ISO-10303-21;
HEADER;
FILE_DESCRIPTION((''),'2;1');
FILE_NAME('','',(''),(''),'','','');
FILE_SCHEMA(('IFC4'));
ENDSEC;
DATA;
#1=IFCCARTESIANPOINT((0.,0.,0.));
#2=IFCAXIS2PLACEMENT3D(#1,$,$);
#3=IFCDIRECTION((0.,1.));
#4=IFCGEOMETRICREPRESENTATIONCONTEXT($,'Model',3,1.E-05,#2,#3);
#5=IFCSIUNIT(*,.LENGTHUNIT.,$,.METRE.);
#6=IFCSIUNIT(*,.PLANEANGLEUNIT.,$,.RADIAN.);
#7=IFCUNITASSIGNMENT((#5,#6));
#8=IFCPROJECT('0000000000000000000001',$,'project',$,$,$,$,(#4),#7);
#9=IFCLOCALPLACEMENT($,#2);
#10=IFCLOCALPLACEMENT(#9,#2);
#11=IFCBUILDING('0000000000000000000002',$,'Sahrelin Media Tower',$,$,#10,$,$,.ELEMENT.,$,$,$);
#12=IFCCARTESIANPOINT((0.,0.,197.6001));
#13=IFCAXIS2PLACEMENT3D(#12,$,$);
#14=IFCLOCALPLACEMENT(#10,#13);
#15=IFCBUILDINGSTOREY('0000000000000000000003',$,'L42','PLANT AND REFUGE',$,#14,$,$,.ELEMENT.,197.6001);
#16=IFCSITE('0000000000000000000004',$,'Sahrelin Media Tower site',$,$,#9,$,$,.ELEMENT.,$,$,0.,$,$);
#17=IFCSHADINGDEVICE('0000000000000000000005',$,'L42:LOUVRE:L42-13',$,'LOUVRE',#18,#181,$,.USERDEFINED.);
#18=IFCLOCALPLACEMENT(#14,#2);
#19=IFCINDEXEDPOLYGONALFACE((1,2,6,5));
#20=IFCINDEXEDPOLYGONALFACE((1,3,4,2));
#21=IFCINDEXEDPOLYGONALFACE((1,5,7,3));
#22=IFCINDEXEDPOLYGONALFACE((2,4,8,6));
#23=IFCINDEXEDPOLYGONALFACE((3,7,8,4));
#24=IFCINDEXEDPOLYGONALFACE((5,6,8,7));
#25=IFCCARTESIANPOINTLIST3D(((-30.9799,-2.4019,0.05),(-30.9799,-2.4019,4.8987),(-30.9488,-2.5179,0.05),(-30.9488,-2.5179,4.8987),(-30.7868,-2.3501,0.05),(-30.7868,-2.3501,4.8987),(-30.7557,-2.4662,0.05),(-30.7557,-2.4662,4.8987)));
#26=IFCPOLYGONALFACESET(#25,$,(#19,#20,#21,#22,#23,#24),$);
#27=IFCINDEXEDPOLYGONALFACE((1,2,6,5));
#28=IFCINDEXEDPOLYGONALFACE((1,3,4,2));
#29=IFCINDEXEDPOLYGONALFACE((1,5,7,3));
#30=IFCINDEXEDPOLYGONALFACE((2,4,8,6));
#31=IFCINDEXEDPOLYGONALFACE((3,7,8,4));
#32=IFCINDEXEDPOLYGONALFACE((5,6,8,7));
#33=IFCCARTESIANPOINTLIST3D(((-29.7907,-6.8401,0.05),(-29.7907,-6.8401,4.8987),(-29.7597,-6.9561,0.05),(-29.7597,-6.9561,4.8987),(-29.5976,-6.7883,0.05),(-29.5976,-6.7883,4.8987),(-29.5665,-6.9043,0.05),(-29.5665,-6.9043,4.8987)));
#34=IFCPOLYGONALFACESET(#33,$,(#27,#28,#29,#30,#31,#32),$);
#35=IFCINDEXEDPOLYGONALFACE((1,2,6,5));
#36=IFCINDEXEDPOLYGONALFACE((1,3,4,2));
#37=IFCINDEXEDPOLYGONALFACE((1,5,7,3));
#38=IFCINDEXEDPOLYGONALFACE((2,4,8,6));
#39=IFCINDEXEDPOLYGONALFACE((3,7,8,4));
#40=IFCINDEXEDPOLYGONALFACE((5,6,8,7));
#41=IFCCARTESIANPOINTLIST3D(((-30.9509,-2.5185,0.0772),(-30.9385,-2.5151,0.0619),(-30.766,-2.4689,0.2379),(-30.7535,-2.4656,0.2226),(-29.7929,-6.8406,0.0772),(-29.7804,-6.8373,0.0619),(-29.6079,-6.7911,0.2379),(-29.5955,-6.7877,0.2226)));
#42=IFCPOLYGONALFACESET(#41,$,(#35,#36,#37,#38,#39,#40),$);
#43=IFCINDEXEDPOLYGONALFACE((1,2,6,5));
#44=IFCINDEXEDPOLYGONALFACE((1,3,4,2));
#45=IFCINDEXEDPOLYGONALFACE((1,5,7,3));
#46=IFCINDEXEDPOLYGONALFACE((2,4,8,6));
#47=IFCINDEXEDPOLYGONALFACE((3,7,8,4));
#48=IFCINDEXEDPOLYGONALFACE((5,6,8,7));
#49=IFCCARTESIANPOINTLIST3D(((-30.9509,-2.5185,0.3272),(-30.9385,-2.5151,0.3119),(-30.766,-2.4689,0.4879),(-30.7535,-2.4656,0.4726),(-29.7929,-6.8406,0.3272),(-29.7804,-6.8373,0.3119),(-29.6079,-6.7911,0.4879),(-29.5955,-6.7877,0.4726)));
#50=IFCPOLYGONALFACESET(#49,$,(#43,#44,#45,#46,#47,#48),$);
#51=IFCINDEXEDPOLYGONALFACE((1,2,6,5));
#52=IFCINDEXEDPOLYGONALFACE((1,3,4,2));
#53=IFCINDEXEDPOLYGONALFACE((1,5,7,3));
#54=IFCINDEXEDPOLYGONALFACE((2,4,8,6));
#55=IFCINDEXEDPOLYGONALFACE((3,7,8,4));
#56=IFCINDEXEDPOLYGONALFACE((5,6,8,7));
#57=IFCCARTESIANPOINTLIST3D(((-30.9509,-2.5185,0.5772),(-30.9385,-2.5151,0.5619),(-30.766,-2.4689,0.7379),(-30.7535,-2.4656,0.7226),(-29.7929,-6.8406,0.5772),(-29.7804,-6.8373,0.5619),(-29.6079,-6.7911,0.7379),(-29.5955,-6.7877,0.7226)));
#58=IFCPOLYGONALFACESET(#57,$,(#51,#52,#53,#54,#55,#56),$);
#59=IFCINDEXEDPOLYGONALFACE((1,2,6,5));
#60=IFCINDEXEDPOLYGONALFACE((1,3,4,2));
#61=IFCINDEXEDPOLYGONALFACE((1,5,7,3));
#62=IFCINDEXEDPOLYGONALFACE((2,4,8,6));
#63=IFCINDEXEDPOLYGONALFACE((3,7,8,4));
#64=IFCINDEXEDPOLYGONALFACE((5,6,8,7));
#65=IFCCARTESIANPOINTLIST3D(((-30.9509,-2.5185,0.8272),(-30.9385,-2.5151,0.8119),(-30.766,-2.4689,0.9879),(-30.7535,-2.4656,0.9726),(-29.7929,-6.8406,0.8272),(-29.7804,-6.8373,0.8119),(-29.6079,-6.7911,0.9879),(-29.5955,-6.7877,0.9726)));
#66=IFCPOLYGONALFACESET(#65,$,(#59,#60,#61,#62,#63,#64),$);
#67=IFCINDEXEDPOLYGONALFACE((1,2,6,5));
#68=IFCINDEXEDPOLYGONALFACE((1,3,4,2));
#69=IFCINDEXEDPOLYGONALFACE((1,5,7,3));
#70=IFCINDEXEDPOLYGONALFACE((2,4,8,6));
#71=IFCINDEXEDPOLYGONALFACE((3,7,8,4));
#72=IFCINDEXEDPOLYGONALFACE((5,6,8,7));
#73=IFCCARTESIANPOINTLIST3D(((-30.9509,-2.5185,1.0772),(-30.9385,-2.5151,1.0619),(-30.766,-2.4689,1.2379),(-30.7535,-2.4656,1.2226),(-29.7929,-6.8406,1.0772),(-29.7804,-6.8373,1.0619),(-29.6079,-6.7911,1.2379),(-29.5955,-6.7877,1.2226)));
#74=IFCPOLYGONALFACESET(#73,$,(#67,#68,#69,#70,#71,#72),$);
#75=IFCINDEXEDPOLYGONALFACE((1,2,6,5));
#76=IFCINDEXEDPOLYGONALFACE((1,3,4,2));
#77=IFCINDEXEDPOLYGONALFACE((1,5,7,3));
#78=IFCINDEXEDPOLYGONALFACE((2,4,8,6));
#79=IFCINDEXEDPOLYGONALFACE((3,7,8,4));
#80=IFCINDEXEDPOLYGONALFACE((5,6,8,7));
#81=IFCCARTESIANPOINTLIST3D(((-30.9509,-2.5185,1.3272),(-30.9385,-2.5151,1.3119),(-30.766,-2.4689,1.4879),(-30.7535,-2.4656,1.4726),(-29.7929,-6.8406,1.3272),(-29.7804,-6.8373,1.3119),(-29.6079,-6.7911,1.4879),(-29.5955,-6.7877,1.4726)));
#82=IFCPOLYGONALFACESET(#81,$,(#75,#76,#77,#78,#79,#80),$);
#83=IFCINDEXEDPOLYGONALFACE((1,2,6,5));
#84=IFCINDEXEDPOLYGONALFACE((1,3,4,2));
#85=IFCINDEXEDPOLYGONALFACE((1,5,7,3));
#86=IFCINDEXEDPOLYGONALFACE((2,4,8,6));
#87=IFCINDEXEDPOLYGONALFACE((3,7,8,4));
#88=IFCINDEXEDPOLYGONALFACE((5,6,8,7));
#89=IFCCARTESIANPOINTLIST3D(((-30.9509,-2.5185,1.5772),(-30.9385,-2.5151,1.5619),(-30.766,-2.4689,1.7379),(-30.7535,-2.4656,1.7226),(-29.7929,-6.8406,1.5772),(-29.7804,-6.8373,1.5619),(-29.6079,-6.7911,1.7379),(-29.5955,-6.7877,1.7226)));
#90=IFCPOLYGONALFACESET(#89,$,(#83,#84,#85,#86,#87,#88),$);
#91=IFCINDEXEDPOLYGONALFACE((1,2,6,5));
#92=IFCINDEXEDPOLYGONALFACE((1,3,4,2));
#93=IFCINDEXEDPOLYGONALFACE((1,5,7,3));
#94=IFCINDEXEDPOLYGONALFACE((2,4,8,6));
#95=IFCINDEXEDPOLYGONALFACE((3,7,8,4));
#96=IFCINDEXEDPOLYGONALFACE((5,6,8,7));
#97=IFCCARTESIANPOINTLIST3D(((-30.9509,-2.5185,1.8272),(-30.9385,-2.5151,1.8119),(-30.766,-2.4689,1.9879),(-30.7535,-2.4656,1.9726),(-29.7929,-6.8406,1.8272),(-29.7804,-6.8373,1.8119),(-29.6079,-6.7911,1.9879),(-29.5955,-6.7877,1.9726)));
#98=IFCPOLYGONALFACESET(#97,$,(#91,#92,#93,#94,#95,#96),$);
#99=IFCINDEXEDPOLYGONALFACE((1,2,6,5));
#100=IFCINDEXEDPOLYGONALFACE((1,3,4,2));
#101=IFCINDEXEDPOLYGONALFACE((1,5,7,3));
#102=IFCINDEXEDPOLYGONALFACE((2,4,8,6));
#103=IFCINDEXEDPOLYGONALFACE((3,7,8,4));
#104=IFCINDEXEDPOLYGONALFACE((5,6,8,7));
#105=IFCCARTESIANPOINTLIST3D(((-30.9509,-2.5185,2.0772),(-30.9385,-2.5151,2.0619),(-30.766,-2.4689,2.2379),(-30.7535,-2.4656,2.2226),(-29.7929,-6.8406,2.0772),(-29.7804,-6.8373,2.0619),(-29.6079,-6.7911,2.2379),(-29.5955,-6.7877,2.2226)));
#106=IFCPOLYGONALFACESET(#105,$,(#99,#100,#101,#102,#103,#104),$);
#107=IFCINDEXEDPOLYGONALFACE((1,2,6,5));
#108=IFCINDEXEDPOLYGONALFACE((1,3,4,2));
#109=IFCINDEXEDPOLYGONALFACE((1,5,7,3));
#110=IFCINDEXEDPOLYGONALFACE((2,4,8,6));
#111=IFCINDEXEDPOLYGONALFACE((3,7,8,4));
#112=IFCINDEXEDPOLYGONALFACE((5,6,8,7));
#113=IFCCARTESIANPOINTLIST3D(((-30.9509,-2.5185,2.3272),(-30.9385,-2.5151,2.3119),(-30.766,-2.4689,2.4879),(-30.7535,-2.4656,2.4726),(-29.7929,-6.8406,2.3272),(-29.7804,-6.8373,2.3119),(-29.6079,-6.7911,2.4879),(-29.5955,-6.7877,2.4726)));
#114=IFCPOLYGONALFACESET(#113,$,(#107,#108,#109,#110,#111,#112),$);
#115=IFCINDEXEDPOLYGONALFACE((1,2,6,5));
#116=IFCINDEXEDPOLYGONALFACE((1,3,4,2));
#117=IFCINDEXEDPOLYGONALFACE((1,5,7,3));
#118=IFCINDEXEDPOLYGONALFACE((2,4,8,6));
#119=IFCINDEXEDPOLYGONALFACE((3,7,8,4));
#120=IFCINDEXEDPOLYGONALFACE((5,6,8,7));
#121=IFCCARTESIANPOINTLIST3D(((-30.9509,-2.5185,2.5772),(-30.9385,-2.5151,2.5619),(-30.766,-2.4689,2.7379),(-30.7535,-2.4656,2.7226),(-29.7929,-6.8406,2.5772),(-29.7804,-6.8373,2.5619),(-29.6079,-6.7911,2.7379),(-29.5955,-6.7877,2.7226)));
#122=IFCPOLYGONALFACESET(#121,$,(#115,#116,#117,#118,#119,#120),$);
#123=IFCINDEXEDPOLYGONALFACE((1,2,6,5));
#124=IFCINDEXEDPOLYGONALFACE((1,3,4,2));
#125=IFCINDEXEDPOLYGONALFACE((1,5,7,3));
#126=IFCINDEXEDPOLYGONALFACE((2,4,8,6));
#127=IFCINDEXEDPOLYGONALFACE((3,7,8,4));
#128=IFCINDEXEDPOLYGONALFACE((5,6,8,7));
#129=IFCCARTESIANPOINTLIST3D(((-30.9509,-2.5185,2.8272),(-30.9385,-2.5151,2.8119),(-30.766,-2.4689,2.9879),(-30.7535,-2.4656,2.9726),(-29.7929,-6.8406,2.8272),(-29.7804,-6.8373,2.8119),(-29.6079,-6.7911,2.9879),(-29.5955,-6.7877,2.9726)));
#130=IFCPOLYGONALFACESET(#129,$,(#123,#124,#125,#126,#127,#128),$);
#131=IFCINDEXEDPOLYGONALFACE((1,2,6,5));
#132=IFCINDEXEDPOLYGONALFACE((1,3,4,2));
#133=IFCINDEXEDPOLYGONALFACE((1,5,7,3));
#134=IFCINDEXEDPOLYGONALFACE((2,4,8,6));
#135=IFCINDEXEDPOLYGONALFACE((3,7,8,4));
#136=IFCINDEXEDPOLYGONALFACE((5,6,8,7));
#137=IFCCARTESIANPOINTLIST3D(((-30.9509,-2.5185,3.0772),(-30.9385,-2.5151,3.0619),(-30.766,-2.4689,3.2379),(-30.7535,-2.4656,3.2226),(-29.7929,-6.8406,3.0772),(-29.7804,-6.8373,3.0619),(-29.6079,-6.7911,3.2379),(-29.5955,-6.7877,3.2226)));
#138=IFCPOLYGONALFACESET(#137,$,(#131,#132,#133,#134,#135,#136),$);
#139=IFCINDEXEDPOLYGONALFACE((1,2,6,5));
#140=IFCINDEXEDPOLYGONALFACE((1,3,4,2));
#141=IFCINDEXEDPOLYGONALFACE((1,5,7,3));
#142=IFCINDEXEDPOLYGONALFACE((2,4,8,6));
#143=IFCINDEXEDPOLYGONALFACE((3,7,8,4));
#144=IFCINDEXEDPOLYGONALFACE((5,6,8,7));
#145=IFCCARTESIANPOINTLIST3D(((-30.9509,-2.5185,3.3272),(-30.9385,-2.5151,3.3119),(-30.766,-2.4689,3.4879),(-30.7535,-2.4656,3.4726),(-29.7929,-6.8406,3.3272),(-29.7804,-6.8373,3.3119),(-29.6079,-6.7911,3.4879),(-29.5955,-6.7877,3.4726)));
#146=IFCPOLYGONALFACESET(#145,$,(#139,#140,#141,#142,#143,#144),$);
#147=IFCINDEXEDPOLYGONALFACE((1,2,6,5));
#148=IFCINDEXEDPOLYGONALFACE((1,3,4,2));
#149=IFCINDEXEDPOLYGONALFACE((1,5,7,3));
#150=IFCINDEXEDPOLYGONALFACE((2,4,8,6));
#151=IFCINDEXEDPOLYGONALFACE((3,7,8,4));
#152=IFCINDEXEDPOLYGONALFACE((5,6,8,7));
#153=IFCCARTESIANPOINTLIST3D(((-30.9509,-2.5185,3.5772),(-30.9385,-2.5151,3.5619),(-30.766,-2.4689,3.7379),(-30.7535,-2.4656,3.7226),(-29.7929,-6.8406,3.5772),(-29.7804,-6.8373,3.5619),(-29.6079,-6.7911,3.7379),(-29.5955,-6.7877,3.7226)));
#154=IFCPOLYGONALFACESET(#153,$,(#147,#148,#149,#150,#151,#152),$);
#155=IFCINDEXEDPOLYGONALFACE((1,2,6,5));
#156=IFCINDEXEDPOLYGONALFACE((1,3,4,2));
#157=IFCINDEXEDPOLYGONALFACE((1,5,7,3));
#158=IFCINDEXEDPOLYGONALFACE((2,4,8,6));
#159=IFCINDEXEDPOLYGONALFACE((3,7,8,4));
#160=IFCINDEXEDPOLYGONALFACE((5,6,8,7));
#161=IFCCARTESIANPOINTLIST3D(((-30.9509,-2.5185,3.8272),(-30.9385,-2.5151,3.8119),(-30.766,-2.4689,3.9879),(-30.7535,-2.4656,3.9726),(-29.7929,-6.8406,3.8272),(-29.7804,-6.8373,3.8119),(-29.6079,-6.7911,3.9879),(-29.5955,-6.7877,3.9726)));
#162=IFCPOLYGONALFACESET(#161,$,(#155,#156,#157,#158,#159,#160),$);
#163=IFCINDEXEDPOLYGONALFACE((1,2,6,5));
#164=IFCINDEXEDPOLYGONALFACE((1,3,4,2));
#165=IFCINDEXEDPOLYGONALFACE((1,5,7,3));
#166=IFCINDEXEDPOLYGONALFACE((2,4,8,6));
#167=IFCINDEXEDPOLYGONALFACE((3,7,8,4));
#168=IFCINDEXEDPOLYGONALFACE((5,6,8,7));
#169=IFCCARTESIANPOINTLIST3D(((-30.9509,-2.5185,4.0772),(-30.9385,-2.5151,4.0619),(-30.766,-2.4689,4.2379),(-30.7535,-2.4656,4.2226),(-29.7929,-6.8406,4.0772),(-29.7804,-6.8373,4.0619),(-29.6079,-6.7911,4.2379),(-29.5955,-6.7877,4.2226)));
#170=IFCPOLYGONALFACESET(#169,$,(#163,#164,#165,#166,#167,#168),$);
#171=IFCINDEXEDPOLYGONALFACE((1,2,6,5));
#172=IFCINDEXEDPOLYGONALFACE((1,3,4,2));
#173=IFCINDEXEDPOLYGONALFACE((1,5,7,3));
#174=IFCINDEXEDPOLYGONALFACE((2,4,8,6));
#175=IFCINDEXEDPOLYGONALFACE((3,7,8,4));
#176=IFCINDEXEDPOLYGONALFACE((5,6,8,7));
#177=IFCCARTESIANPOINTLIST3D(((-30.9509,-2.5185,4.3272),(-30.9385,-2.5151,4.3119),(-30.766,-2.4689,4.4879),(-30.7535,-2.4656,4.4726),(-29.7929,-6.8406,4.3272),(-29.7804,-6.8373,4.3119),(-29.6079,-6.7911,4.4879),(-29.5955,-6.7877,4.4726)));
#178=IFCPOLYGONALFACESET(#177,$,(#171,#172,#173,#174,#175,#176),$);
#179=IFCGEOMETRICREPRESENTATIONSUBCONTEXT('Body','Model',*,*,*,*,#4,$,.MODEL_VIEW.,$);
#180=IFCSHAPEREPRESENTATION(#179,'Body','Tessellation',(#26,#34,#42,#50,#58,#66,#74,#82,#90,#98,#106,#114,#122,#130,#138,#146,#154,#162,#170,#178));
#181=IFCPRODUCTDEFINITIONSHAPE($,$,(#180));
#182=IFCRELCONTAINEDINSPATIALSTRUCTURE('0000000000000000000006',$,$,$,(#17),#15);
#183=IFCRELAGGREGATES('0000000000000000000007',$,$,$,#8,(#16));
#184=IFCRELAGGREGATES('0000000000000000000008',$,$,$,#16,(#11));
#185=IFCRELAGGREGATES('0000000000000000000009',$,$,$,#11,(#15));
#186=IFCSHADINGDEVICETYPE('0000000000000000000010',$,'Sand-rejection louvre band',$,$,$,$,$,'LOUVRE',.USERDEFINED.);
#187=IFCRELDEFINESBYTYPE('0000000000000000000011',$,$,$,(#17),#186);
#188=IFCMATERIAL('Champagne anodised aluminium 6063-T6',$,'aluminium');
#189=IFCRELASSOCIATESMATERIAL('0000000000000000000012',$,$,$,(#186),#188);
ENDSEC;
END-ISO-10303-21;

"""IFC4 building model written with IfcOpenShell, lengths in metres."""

from ifc_helpers import new_model, si_unit, direction, frame, origin, origin_2d, place, context, subcontext, project, spatial, rectangle, extrude, material, type_object, element, save


model = new_model("IFC4")

# Units and contexts
model_context = context("Model", 3, precision=1e-05, world=origin(), true_north=direction((0.0, 1.0)))
body_context = subcontext(model_context, "Body", "Model", "MODEL_VIEW")
ifc_project = project(units=[si_unit("LENGTHUNIT", "METRE"), si_unit("PLANEANGLEUNIT", "RADIAN")], contexts=[model_context])

# Site, building, storey
site_placement = place(None, origin())
site = spatial("IfcSite", under=ifc_project, at=site_placement, Name="Sahrelin Media Tower site", CompositionType="ELEMENT", RefElevation=0.0)
building_placement = place(site_placement, origin())
building = spatial("IfcBuilding", under=site, at=building_placement, Name="Sahrelin Media Tower", CompositionType="ELEMENT")
storey_placement = place(building_placement, frame((0.0, 0.0, 197.6001)))
storey = spatial("IfcBuildingStorey", under=building, at=storey_placement, Name="L42", Description="PLANT AND REFUGE", CompositionType="ELEMENT", Elevation=197.6001)

# Shading device
ifc_material_1 = material(Name="Champagne anodised aluminium 6063-T6", Category="aluminium")
shading_device_type = type_object("IfcShadingDeviceType", Name="Sand-rejection louvre band", ElementType="LOUVRE", PredefinedType="USERDEFINED", material=ifc_material_1)
shading_device_1_placement = place(storey_placement, frame((-30.1765, -4.6272, 0.0), z_axis=(0.0, 0.0, 1.0), x_axis=(-0.258808, 0.965929, 0.0)))
element("IfcShadingDevice", 1, at=shading_device_1_placement, inside=storey, type_object=shading_device_type, Name="L42:LOUVRE:L42-13", ObjectType="LOUVRE", PredefinedType="USERDEFINED", context=body_context, shape_type="SweptSolid", body=[
    extrude(rectangle(XDim=0.1201, YDim=0.2, at=origin_2d()), frame((2.2974, 0.1001, 0.05), z_axis=(0.0, 0.0, 1.0), x_axis=(1.0, 0.0, 0.0)), (0.0, 0.0, 1.0), 4.8486),
    extrude(rectangle(XDim=0.1201, YDim=0.2, at=origin_2d()), frame((-2.2974, 0.1001, 0.05), z_axis=(0.0, 0.0, 1.0), x_axis=(1.0, 0.0, 0.0)), (0.0, 0.0, 1.0), 4.8486),
    extrude(rectangle(XDim=0.25, YDim=0.02, at=origin_2d()), frame((2.2373, 0.1001, 0.1499), z_axis=(-1.0, 0.0, 0.0), x_axis=(0.0, -0.766044, 0.642788)), (0.0, 0.0, 1.0), 4.4746),
    extrude(rectangle(XDim=0.25, YDim=0.02, at=origin_2d()), frame((2.2373, 0.1001, 0.3999), z_axis=(-1.0, 0.0, 0.0), x_axis=(0.0, -0.766044, 0.642788)), (0.0, 0.0, 1.0), 4.4746),
    extrude(rectangle(XDim=0.25, YDim=0.02, at=origin_2d()), frame((2.2373, 0.1001, 0.6499), z_axis=(-1.0, 0.0, 0.0), x_axis=(0.0, -0.766044, 0.642788)), (0.0, 0.0, 1.0), 4.4746),
    extrude(rectangle(XDim=0.25, YDim=0.02, at=origin_2d()), frame((2.2373, 0.1001, 0.8999), z_axis=(-1.0, 0.0, 0.0), x_axis=(0.0, -0.766044, 0.642788)), (0.0, 0.0, 1.0), 4.4746),
    extrude(rectangle(XDim=0.25, YDim=0.02, at=origin_2d()), frame((2.2373, 0.1001, 1.1499), z_axis=(-1.0, 0.0, 0.0), x_axis=(0.0, -0.766044, 0.642788)), (0.0, 0.0, 1.0), 4.4746),
    extrude(rectangle(XDim=0.25, YDim=0.02, at=origin_2d()), frame((2.2373, 0.1001, 1.3999), z_axis=(-1.0, 0.0, 0.0), x_axis=(0.0, -0.766044, 0.642788)), (0.0, 0.0, 1.0), 4.4746),
    extrude(rectangle(XDim=0.25, YDim=0.02, at=origin_2d()), frame((2.2373, 0.1001, 1.6499), z_axis=(-1.0, 0.0, 0.0), x_axis=(0.0, -0.766044, 0.642788)), (0.0, 0.0, 1.0), 4.4746),
    extrude(rectangle(XDim=0.25, YDim=0.02, at=origin_2d()), frame((2.2373, 0.1001, 1.8999), z_axis=(-1.0, 0.0, 0.0), x_axis=(0.0, -0.766044, 0.642788)), (0.0, 0.0, 1.0), 4.4746),
    extrude(rectangle(XDim=0.25, YDim=0.02, at=origin_2d()), frame((2.2373, 0.1001, 2.1499), z_axis=(-1.0, 0.0, 0.0), x_axis=(0.0, -0.766044, 0.642788)), (0.0, 0.0, 1.0), 4.4746),
    extrude(rectangle(XDim=0.25, YDim=0.02, at=origin_2d()), frame((2.2373, 0.1001, 2.3999), z_axis=(-1.0, 0.0, 0.0), x_axis=(0.0, -0.766044, 0.642788)), (0.0, 0.0, 1.0), 4.4746),
    extrude(rectangle(XDim=0.25, YDim=0.02, at=origin_2d()), frame((2.2373, 0.1001, 2.6499), z_axis=(-1.0, 0.0, 0.0), x_axis=(0.0, -0.766044, 0.642788)), (0.0, 0.0, 1.0), 4.4746),
    extrude(rectangle(XDim=0.25, YDim=0.02, at=origin_2d()), frame((2.2373, 0.1001, 2.8999), z_axis=(-1.0, 0.0, 0.0), x_axis=(0.0, -0.766044, 0.642788)), (0.0, 0.0, 1.0), 4.4746),
    extrude(rectangle(XDim=0.25, YDim=0.02, at=origin_2d()), frame((2.2373, 0.1001, 3.1499), z_axis=(-1.0, 0.0, 0.0), x_axis=(0.0, -0.766044, 0.642788)), (0.0, 0.0, 1.0), 4.4746),
    extrude(rectangle(XDim=0.25, YDim=0.02, at=origin_2d()), frame((2.2373, 0.1001, 3.3999), z_axis=(-1.0, 0.0, 0.0), x_axis=(0.0, -0.766044, 0.642788)), (0.0, 0.0, 1.0), 4.4746),
    extrude(rectangle(XDim=0.25, YDim=0.02, at=origin_2d()), frame((2.2373, 0.1001, 3.6499), z_axis=(-1.0, 0.0, 0.0), x_axis=(0.0, -0.766044, 0.642788)), (0.0, 0.0, 1.0), 4.4746),
    extrude(rectangle(XDim=0.25, YDim=0.02, at=origin_2d()), frame((2.2373, 0.1001, 3.8999), z_axis=(-1.0, 0.0, 0.0), x_axis=(0.0, -0.766044, 0.642788)), (0.0, 0.0, 1.0), 4.4746),
    extrude(rectangle(XDim=0.25, YDim=0.02, at=origin_2d()), frame((2.2373, 0.1001, 4.1499), z_axis=(-1.0, 0.0, 0.0), x_axis=(0.0, -0.766044, 0.642788)), (0.0, 0.0, 1.0), 4.4746),
    extrude(rectangle(XDim=0.25, YDim=0.02, at=origin_2d()), frame((2.2373, 0.1001, 4.3999), z_axis=(-1.0, 0.0, 0.0), x_axis=(0.0, -0.766044, 0.642788)), (0.0, 0.0, 1.0), 4.4746),
])

save(model, "model.ifc")
